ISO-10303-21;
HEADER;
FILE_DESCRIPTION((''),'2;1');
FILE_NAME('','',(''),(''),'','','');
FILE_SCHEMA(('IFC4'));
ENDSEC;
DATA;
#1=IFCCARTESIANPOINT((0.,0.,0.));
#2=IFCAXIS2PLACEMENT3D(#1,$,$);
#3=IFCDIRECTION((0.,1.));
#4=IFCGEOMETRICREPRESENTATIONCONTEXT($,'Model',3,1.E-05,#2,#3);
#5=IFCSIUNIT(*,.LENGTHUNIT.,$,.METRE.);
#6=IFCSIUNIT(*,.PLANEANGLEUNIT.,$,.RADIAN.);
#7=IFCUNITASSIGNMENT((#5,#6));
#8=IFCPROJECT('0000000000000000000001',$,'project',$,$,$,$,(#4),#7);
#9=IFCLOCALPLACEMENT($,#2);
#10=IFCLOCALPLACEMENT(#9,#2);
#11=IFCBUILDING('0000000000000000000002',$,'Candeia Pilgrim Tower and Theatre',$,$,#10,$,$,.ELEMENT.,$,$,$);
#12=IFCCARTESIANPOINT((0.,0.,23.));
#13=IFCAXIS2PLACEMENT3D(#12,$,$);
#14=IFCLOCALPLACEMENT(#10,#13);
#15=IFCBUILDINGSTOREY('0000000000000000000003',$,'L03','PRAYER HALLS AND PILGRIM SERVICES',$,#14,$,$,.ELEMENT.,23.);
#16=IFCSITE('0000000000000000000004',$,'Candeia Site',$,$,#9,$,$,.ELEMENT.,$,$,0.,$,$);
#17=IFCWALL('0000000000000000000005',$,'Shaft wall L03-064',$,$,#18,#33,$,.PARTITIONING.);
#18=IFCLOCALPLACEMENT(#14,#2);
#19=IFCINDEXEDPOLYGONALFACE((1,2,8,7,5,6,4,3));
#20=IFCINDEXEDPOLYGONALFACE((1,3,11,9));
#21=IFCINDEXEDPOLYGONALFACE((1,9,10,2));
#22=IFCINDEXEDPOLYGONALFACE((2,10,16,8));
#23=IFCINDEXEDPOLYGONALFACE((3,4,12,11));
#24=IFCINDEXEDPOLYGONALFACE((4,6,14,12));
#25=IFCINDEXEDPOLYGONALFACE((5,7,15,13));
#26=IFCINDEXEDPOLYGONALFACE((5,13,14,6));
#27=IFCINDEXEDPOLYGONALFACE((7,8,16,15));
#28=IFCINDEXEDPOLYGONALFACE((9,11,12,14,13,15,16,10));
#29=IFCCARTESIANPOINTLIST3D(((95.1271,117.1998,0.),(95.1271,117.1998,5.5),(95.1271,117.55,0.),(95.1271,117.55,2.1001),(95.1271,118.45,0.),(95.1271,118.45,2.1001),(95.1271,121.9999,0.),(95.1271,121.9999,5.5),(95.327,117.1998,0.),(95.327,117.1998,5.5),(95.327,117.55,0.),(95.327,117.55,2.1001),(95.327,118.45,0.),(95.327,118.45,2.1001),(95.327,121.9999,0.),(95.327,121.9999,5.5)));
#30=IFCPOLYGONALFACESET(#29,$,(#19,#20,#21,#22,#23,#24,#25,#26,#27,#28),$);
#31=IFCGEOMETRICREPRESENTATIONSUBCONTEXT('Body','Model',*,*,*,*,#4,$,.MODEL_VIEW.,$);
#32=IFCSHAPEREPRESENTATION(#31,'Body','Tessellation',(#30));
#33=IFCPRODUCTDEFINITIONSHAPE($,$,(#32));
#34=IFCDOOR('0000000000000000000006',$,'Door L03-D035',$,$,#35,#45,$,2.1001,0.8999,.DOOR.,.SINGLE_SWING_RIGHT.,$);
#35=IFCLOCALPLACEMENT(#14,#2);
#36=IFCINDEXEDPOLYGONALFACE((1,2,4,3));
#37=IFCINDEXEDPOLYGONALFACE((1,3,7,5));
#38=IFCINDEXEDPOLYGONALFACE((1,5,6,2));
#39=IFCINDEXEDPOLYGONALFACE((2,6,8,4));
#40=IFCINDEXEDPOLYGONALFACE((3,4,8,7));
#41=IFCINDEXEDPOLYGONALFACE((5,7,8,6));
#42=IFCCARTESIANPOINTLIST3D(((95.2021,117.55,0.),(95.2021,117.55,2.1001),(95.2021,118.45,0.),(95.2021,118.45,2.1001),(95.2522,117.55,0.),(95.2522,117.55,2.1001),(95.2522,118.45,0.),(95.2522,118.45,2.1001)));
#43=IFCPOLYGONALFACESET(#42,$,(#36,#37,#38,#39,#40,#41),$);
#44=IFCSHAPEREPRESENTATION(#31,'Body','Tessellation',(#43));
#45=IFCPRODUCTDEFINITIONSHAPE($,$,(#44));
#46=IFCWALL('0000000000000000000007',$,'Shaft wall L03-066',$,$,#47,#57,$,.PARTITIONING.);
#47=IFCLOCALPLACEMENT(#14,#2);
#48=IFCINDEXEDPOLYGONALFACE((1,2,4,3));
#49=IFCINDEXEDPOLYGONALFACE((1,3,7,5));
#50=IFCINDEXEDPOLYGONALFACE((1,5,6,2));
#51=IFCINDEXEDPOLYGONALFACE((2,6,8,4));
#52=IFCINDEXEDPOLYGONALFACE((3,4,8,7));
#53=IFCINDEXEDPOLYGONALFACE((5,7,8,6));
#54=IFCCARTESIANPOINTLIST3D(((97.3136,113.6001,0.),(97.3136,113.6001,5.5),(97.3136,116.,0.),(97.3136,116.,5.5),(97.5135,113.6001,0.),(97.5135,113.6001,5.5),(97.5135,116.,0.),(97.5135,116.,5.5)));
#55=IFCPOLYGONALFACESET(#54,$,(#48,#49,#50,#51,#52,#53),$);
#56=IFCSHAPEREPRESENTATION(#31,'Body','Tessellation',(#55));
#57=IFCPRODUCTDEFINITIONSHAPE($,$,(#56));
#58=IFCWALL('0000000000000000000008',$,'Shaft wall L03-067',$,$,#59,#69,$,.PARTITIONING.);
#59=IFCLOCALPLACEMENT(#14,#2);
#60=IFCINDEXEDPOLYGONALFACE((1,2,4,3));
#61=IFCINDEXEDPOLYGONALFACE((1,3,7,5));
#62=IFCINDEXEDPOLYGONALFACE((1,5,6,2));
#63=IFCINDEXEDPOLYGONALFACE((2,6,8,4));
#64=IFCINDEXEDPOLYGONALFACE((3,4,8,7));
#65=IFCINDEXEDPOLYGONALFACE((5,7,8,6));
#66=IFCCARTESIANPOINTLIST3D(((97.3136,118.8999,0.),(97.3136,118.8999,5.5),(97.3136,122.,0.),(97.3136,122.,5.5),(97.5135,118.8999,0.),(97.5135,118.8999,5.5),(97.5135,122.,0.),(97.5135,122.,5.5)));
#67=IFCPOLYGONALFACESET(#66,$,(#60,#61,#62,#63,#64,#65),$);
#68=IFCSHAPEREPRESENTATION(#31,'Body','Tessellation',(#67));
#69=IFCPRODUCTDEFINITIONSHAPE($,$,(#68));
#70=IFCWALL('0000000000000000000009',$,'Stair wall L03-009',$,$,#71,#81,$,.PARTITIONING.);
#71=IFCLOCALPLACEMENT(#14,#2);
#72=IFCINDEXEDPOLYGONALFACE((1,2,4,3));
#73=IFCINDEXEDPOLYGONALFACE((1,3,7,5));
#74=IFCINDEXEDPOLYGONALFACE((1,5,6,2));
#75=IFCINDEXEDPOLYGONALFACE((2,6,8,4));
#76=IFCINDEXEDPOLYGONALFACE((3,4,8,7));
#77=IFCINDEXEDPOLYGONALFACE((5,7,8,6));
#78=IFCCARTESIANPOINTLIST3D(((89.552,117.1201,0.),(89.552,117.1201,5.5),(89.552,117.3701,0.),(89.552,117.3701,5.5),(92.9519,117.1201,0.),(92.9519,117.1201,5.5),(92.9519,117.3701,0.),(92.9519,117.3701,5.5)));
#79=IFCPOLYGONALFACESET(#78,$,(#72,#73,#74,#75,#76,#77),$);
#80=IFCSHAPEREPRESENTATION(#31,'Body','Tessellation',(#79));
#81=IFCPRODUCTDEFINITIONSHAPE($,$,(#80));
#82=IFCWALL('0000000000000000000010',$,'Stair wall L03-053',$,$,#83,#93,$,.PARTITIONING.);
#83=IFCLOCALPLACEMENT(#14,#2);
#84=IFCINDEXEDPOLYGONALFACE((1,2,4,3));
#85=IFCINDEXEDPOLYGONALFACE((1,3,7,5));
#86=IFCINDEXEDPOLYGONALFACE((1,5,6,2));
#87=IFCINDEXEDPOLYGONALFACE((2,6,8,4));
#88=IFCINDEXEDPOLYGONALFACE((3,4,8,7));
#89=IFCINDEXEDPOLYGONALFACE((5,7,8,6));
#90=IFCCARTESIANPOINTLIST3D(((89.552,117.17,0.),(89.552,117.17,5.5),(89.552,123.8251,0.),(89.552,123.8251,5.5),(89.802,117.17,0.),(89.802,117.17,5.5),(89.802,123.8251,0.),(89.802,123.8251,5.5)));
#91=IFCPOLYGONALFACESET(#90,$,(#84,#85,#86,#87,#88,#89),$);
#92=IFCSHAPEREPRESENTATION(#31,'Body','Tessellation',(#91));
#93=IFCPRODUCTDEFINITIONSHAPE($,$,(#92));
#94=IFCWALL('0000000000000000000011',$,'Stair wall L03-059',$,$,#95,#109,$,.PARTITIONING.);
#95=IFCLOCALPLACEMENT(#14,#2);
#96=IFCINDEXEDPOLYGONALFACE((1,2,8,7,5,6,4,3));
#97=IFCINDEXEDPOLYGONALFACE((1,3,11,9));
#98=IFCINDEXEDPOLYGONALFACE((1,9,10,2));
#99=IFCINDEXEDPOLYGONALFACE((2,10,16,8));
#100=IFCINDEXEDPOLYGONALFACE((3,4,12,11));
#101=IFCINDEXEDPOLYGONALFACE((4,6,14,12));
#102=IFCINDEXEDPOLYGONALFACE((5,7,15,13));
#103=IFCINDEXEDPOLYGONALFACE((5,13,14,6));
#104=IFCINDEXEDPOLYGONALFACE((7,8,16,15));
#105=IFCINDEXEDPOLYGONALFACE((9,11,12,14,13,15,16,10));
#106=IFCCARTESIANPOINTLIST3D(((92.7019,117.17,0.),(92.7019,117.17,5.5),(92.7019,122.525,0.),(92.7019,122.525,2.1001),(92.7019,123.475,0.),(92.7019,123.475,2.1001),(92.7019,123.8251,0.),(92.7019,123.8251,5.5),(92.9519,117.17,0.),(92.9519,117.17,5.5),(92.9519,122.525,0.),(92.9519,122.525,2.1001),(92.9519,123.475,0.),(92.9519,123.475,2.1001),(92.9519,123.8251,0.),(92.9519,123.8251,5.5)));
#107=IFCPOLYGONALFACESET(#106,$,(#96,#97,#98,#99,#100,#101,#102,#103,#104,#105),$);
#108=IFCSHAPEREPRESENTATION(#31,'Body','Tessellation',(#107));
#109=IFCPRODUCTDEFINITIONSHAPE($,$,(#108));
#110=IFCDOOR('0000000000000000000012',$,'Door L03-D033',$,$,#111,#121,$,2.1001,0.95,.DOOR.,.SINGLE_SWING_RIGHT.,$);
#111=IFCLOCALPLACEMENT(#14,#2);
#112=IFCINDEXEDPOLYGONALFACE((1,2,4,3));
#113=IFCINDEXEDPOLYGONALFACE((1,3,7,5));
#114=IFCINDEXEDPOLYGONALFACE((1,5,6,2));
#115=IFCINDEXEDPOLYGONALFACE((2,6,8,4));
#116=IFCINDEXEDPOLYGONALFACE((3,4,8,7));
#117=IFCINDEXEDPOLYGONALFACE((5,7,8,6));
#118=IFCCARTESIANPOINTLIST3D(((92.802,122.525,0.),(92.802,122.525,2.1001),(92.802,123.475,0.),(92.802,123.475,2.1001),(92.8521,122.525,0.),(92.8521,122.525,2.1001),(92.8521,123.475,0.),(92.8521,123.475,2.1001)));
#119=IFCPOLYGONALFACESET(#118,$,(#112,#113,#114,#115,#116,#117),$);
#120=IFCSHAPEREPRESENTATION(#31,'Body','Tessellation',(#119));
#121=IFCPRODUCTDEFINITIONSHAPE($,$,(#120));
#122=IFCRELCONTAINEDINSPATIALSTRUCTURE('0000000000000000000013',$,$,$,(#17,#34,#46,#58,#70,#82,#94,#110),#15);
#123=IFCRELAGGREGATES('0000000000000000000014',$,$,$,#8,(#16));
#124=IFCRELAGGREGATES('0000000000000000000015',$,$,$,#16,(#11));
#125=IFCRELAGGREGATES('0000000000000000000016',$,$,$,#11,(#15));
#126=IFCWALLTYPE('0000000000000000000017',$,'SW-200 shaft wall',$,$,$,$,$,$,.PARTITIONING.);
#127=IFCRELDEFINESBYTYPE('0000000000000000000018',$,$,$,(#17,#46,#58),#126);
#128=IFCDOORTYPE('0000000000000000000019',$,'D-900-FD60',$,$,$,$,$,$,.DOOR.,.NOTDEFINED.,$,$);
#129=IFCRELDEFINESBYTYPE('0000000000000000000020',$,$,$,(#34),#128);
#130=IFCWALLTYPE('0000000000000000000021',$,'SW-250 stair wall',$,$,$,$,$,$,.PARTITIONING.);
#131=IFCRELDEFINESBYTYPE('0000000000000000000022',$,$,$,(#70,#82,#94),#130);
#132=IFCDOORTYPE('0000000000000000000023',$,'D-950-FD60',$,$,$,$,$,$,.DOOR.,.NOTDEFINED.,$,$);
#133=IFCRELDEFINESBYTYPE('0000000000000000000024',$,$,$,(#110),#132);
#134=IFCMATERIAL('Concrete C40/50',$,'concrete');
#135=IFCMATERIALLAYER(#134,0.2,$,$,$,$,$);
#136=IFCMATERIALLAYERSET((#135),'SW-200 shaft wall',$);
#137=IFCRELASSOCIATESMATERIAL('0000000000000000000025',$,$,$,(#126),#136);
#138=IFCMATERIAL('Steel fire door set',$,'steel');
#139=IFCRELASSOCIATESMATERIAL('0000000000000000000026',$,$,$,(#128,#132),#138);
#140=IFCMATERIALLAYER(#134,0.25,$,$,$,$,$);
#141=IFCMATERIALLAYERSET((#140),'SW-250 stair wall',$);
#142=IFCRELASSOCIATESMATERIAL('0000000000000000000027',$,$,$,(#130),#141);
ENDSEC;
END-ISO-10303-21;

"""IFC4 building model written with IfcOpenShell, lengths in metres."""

from ifc_helpers import new_model, si_unit, direction, frame, frame_2d, origin, place, context, subcontext, project, spatial, rectangle, extrude, material, layer, layer_set, type_object, element, fill, save


model = new_model("IFC4")

# Units and contexts
model_context = context("Model", 3, precision=1e-05, world=origin(), true_north=direction((0.0, 1.0)))
body_context = subcontext(model_context, "Body", "Model", "MODEL_VIEW")
ifc_project = project(units=[si_unit("LENGTHUNIT", "METRE"), si_unit("PLANEANGLEUNIT", "RADIAN")], contexts=[model_context])

# Site, building, storey
site_placement = place(None, origin())
site = spatial("IfcSite", under=ifc_project, at=site_placement, Name="Candeia Site", CompositionType="ELEMENT", RefElevation=0.0)
building_placement = place(site_placement, origin())
building = spatial("IfcBuilding", under=site, at=building_placement, Name="Candeia Pilgrim Tower and Theatre", CompositionType="ELEMENT")
storey_placement = place(building_placement, frame((0.0, 0.0, 23.0)))
storey = spatial("IfcBuildingStorey", under=building, at=storey_placement, Name="L03", Description="PRAYER HALLS AND PILGRIM SERVICES", CompositionType="ELEMENT", Elevation=23.0)

# Shared definitions
ifc_material_1 = material(Name="Steel fire door set", Category="steel")

# Shared definitions
ifc_material_2 = material(Name="Concrete C40/50", Category="concrete")
ifc_layer_1 = layer(ifc_material_2, 0.2)
ifc_layer_set_1 = layer_set([ifc_layer_1], Name="SW-200 shaft wall")
wall_type_1 = type_object("IfcWallType", Name="SW-200 shaft wall", PredefinedType="PARTITIONING", material=ifc_layer_set_1)
door_type_1 = type_object("IfcDoorType", Name="D-900-FD60", OperationType="NOTDEFINED", PredefinedType="DOOR", material=ifc_material_1)

# Wall, opening, door
wall_1_placement = place(storey_placement, frame((95.2271, 117.2, 0.0), z_axis=(0.0, 0.0, 1.0), x_axis=(0.0, 1.0, 0.0)))
wall_1 = element("IfcWall", 1, at=wall_1_placement, inside=storey, type_object=wall_type_1, Name="Shaft wall L03-064", PredefinedType="PARTITIONING", context=body_context, shape_type="SweptSolid", body=[
    extrude(rectangle(XDim=4.8, YDim=0.2, at=frame_2d((2.3999, 0.0))), origin(), (0.0, 0.0, 1.0), 5.5),
])
opening_1_placement = place(wall_1_placement, frame((0.3501, 0.0, 0.0)))
opening_1 = element("IfcOpeningElement", 2, at=opening_1_placement, cuts=wall_1, PredefinedType="OPENING", context=body_context, shape_type="SweptSolid", body=[
    extrude(rectangle(XDim=0.8999, YDim=2.1001, at=frame_2d((0.45, 1.05))), frame((0.0, 0.1099, 0.0), z_axis=(0.0, -1.0, 0.0), x_axis=(1.0, 0.0, 0.0)), (0.0, 0.0, 1.0), 0.22),
])
door_1_placement = place(opening_1_placement, origin())
door_1 = element("IfcDoor", 3, at=door_1_placement, inside=storey, type_object=door_type_1, Name="Door L03-D035", OperationType="SINGLE_SWING_RIGHT", OverallHeight=2.1001, OverallWidth=0.8999, PredefinedType="DOOR", context=body_context, shape_type="SweptSolid", body=[
    extrude(rectangle(XDim=0.8999, YDim=2.1001, at=frame_2d((0.45, 1.05))), frame((0.0, 0.0249, 0.0), z_axis=(0.0, -1.0, 0.0), x_axis=(1.0, 0.0, 0.0)), (0.0, 0.0, 1.0), 0.05),
])
fill(opening_1, door_1)

# Walls
wall_2_placement = place(storey_placement, frame((97.4136, 113.6001, 0.0), z_axis=(0.0, 0.0, 1.0), x_axis=(0.0, 1.0, 0.0)))
element("IfcWall", 4, at=wall_2_placement, inside=storey, type_object=wall_type_1, Name="Shaft wall L03-066", PredefinedType="PARTITIONING", context=body_context, shape_type="SweptSolid", body=[
    extrude(rectangle(XDim=2.3999, YDim=0.2, at=frame_2d((1.2, 0.0))), origin(), (0.0, 0.0, 1.0), 5.5),
])
wall_3_placement = place(storey_placement, frame((97.4136, 118.8999, 0.0), z_axis=(0.0, 0.0, 1.0), x_axis=(0.0, 1.0, 0.0)))
element("IfcWall", 5, at=wall_3_placement, inside=storey, type_object=wall_type_1, Name="Shaft wall L03-067", PredefinedType="PARTITIONING", context=body_context, shape_type="SweptSolid", body=[
    extrude(rectangle(XDim=3.1001, YDim=0.2, at=frame_2d((1.55, 0.0))), origin(), (0.0, 0.0, 1.0), 5.5),
])
ifc_layer_2 = layer(ifc_material_2, 0.25)
ifc_layer_set_2 = layer_set([ifc_layer_2], Name="SW-250 stair wall")
wall_type_2 = type_object("IfcWallType", Name="SW-250 stair wall", PredefinedType="PARTITIONING", material=ifc_layer_set_2)
wall_4_placement = place(storey_placement, frame((89.552, 117.2451, 0.0), z_axis=(0.0, 0.0, 1.0), x_axis=(1.0, 0.0, 0.0)))
element("IfcWall", 6, at=wall_4_placement, inside=storey, type_object=wall_type_2, Name="Stair wall L03-009", PredefinedType="PARTITIONING", context=body_context, shape_type="SweptSolid", body=[
    extrude(rectangle(XDim=3.3999, YDim=0.25, at=frame_2d((1.7, 0.0))), origin(), (0.0, 0.0, 1.0), 5.5),
])
wall_5_placement = place(storey_placement, frame((89.677, 117.1699, 0.0), z_axis=(0.0, 0.0, 1.0), x_axis=(0.0, 1.0, 0.0)))
element("IfcWall", 7, at=wall_5_placement, inside=storey, type_object=wall_type_2, Name="Stair wall L03-053", PredefinedType="PARTITIONING", context=body_context, shape_type="SweptSolid", body=[
    extrude(rectangle(XDim=6.655, YDim=0.25, at=frame_2d((3.3276, 0.0))), origin(), (0.0, 0.0, 1.0), 5.5),
])

# Wall, opening, door
wall_6_placement = place(storey_placement, frame((92.8269, 117.1699, 0.0), z_axis=(0.0, 0.0, 1.0), x_axis=(0.0, 1.0, 0.0)))
wall_6 = element("IfcWall", 8, at=wall_6_placement, inside=storey, type_object=wall_type_2, Name="Stair wall L03-059", PredefinedType="PARTITIONING", context=body_context, shape_type="SweptSolid", body=[
    extrude(rectangle(XDim=6.655, YDim=0.25, at=frame_2d((3.3276, 0.0))), origin(), (0.0, 0.0, 1.0), 5.5),
])
opening_2_placement = place(wall_6_placement, frame((5.355, 0.0, 0.0)))
opening_2 = element("IfcOpeningElement", 9, at=opening_2_placement, cuts=wall_6, PredefinedType="OPENING", context=body_context, shape_type="SweptSolid", body=[
    extrude(rectangle(XDim=0.95, YDim=2.1001, at=frame_2d((0.4751, 1.05))), frame((0.0, 0.135, 0.0), z_axis=(0.0, -1.0, 0.0), x_axis=(1.0, 0.0, 0.0)), (0.0, 0.0, 1.0), 0.27),
])
door_type_2 = type_object("IfcDoorType", Name="D-950-FD60", OperationType="NOTDEFINED", PredefinedType="DOOR", material=ifc_material_1)
door_2_placement = place(opening_2_placement, origin())
door_2 = element("IfcDoor", 10, at=door_2_placement, inside=storey, type_object=door_type_2, Name="Door L03-D033", OperationType="SINGLE_SWING_RIGHT", OverallHeight=2.1001, OverallWidth=0.95, PredefinedType="DOOR", context=body_context, shape_type="SweptSolid", body=[
    extrude(rectangle(XDim=0.95, YDim=2.1001, at=frame_2d((0.4751, 1.05))), frame((0.0, 0.0249, 0.0), z_axis=(0.0, -1.0, 0.0), x_axis=(1.0, 0.0, 0.0)), (0.0, 0.0, 1.0), 0.05),
])
fill(opening_2, door_2)

save(model, "model.ifc")
